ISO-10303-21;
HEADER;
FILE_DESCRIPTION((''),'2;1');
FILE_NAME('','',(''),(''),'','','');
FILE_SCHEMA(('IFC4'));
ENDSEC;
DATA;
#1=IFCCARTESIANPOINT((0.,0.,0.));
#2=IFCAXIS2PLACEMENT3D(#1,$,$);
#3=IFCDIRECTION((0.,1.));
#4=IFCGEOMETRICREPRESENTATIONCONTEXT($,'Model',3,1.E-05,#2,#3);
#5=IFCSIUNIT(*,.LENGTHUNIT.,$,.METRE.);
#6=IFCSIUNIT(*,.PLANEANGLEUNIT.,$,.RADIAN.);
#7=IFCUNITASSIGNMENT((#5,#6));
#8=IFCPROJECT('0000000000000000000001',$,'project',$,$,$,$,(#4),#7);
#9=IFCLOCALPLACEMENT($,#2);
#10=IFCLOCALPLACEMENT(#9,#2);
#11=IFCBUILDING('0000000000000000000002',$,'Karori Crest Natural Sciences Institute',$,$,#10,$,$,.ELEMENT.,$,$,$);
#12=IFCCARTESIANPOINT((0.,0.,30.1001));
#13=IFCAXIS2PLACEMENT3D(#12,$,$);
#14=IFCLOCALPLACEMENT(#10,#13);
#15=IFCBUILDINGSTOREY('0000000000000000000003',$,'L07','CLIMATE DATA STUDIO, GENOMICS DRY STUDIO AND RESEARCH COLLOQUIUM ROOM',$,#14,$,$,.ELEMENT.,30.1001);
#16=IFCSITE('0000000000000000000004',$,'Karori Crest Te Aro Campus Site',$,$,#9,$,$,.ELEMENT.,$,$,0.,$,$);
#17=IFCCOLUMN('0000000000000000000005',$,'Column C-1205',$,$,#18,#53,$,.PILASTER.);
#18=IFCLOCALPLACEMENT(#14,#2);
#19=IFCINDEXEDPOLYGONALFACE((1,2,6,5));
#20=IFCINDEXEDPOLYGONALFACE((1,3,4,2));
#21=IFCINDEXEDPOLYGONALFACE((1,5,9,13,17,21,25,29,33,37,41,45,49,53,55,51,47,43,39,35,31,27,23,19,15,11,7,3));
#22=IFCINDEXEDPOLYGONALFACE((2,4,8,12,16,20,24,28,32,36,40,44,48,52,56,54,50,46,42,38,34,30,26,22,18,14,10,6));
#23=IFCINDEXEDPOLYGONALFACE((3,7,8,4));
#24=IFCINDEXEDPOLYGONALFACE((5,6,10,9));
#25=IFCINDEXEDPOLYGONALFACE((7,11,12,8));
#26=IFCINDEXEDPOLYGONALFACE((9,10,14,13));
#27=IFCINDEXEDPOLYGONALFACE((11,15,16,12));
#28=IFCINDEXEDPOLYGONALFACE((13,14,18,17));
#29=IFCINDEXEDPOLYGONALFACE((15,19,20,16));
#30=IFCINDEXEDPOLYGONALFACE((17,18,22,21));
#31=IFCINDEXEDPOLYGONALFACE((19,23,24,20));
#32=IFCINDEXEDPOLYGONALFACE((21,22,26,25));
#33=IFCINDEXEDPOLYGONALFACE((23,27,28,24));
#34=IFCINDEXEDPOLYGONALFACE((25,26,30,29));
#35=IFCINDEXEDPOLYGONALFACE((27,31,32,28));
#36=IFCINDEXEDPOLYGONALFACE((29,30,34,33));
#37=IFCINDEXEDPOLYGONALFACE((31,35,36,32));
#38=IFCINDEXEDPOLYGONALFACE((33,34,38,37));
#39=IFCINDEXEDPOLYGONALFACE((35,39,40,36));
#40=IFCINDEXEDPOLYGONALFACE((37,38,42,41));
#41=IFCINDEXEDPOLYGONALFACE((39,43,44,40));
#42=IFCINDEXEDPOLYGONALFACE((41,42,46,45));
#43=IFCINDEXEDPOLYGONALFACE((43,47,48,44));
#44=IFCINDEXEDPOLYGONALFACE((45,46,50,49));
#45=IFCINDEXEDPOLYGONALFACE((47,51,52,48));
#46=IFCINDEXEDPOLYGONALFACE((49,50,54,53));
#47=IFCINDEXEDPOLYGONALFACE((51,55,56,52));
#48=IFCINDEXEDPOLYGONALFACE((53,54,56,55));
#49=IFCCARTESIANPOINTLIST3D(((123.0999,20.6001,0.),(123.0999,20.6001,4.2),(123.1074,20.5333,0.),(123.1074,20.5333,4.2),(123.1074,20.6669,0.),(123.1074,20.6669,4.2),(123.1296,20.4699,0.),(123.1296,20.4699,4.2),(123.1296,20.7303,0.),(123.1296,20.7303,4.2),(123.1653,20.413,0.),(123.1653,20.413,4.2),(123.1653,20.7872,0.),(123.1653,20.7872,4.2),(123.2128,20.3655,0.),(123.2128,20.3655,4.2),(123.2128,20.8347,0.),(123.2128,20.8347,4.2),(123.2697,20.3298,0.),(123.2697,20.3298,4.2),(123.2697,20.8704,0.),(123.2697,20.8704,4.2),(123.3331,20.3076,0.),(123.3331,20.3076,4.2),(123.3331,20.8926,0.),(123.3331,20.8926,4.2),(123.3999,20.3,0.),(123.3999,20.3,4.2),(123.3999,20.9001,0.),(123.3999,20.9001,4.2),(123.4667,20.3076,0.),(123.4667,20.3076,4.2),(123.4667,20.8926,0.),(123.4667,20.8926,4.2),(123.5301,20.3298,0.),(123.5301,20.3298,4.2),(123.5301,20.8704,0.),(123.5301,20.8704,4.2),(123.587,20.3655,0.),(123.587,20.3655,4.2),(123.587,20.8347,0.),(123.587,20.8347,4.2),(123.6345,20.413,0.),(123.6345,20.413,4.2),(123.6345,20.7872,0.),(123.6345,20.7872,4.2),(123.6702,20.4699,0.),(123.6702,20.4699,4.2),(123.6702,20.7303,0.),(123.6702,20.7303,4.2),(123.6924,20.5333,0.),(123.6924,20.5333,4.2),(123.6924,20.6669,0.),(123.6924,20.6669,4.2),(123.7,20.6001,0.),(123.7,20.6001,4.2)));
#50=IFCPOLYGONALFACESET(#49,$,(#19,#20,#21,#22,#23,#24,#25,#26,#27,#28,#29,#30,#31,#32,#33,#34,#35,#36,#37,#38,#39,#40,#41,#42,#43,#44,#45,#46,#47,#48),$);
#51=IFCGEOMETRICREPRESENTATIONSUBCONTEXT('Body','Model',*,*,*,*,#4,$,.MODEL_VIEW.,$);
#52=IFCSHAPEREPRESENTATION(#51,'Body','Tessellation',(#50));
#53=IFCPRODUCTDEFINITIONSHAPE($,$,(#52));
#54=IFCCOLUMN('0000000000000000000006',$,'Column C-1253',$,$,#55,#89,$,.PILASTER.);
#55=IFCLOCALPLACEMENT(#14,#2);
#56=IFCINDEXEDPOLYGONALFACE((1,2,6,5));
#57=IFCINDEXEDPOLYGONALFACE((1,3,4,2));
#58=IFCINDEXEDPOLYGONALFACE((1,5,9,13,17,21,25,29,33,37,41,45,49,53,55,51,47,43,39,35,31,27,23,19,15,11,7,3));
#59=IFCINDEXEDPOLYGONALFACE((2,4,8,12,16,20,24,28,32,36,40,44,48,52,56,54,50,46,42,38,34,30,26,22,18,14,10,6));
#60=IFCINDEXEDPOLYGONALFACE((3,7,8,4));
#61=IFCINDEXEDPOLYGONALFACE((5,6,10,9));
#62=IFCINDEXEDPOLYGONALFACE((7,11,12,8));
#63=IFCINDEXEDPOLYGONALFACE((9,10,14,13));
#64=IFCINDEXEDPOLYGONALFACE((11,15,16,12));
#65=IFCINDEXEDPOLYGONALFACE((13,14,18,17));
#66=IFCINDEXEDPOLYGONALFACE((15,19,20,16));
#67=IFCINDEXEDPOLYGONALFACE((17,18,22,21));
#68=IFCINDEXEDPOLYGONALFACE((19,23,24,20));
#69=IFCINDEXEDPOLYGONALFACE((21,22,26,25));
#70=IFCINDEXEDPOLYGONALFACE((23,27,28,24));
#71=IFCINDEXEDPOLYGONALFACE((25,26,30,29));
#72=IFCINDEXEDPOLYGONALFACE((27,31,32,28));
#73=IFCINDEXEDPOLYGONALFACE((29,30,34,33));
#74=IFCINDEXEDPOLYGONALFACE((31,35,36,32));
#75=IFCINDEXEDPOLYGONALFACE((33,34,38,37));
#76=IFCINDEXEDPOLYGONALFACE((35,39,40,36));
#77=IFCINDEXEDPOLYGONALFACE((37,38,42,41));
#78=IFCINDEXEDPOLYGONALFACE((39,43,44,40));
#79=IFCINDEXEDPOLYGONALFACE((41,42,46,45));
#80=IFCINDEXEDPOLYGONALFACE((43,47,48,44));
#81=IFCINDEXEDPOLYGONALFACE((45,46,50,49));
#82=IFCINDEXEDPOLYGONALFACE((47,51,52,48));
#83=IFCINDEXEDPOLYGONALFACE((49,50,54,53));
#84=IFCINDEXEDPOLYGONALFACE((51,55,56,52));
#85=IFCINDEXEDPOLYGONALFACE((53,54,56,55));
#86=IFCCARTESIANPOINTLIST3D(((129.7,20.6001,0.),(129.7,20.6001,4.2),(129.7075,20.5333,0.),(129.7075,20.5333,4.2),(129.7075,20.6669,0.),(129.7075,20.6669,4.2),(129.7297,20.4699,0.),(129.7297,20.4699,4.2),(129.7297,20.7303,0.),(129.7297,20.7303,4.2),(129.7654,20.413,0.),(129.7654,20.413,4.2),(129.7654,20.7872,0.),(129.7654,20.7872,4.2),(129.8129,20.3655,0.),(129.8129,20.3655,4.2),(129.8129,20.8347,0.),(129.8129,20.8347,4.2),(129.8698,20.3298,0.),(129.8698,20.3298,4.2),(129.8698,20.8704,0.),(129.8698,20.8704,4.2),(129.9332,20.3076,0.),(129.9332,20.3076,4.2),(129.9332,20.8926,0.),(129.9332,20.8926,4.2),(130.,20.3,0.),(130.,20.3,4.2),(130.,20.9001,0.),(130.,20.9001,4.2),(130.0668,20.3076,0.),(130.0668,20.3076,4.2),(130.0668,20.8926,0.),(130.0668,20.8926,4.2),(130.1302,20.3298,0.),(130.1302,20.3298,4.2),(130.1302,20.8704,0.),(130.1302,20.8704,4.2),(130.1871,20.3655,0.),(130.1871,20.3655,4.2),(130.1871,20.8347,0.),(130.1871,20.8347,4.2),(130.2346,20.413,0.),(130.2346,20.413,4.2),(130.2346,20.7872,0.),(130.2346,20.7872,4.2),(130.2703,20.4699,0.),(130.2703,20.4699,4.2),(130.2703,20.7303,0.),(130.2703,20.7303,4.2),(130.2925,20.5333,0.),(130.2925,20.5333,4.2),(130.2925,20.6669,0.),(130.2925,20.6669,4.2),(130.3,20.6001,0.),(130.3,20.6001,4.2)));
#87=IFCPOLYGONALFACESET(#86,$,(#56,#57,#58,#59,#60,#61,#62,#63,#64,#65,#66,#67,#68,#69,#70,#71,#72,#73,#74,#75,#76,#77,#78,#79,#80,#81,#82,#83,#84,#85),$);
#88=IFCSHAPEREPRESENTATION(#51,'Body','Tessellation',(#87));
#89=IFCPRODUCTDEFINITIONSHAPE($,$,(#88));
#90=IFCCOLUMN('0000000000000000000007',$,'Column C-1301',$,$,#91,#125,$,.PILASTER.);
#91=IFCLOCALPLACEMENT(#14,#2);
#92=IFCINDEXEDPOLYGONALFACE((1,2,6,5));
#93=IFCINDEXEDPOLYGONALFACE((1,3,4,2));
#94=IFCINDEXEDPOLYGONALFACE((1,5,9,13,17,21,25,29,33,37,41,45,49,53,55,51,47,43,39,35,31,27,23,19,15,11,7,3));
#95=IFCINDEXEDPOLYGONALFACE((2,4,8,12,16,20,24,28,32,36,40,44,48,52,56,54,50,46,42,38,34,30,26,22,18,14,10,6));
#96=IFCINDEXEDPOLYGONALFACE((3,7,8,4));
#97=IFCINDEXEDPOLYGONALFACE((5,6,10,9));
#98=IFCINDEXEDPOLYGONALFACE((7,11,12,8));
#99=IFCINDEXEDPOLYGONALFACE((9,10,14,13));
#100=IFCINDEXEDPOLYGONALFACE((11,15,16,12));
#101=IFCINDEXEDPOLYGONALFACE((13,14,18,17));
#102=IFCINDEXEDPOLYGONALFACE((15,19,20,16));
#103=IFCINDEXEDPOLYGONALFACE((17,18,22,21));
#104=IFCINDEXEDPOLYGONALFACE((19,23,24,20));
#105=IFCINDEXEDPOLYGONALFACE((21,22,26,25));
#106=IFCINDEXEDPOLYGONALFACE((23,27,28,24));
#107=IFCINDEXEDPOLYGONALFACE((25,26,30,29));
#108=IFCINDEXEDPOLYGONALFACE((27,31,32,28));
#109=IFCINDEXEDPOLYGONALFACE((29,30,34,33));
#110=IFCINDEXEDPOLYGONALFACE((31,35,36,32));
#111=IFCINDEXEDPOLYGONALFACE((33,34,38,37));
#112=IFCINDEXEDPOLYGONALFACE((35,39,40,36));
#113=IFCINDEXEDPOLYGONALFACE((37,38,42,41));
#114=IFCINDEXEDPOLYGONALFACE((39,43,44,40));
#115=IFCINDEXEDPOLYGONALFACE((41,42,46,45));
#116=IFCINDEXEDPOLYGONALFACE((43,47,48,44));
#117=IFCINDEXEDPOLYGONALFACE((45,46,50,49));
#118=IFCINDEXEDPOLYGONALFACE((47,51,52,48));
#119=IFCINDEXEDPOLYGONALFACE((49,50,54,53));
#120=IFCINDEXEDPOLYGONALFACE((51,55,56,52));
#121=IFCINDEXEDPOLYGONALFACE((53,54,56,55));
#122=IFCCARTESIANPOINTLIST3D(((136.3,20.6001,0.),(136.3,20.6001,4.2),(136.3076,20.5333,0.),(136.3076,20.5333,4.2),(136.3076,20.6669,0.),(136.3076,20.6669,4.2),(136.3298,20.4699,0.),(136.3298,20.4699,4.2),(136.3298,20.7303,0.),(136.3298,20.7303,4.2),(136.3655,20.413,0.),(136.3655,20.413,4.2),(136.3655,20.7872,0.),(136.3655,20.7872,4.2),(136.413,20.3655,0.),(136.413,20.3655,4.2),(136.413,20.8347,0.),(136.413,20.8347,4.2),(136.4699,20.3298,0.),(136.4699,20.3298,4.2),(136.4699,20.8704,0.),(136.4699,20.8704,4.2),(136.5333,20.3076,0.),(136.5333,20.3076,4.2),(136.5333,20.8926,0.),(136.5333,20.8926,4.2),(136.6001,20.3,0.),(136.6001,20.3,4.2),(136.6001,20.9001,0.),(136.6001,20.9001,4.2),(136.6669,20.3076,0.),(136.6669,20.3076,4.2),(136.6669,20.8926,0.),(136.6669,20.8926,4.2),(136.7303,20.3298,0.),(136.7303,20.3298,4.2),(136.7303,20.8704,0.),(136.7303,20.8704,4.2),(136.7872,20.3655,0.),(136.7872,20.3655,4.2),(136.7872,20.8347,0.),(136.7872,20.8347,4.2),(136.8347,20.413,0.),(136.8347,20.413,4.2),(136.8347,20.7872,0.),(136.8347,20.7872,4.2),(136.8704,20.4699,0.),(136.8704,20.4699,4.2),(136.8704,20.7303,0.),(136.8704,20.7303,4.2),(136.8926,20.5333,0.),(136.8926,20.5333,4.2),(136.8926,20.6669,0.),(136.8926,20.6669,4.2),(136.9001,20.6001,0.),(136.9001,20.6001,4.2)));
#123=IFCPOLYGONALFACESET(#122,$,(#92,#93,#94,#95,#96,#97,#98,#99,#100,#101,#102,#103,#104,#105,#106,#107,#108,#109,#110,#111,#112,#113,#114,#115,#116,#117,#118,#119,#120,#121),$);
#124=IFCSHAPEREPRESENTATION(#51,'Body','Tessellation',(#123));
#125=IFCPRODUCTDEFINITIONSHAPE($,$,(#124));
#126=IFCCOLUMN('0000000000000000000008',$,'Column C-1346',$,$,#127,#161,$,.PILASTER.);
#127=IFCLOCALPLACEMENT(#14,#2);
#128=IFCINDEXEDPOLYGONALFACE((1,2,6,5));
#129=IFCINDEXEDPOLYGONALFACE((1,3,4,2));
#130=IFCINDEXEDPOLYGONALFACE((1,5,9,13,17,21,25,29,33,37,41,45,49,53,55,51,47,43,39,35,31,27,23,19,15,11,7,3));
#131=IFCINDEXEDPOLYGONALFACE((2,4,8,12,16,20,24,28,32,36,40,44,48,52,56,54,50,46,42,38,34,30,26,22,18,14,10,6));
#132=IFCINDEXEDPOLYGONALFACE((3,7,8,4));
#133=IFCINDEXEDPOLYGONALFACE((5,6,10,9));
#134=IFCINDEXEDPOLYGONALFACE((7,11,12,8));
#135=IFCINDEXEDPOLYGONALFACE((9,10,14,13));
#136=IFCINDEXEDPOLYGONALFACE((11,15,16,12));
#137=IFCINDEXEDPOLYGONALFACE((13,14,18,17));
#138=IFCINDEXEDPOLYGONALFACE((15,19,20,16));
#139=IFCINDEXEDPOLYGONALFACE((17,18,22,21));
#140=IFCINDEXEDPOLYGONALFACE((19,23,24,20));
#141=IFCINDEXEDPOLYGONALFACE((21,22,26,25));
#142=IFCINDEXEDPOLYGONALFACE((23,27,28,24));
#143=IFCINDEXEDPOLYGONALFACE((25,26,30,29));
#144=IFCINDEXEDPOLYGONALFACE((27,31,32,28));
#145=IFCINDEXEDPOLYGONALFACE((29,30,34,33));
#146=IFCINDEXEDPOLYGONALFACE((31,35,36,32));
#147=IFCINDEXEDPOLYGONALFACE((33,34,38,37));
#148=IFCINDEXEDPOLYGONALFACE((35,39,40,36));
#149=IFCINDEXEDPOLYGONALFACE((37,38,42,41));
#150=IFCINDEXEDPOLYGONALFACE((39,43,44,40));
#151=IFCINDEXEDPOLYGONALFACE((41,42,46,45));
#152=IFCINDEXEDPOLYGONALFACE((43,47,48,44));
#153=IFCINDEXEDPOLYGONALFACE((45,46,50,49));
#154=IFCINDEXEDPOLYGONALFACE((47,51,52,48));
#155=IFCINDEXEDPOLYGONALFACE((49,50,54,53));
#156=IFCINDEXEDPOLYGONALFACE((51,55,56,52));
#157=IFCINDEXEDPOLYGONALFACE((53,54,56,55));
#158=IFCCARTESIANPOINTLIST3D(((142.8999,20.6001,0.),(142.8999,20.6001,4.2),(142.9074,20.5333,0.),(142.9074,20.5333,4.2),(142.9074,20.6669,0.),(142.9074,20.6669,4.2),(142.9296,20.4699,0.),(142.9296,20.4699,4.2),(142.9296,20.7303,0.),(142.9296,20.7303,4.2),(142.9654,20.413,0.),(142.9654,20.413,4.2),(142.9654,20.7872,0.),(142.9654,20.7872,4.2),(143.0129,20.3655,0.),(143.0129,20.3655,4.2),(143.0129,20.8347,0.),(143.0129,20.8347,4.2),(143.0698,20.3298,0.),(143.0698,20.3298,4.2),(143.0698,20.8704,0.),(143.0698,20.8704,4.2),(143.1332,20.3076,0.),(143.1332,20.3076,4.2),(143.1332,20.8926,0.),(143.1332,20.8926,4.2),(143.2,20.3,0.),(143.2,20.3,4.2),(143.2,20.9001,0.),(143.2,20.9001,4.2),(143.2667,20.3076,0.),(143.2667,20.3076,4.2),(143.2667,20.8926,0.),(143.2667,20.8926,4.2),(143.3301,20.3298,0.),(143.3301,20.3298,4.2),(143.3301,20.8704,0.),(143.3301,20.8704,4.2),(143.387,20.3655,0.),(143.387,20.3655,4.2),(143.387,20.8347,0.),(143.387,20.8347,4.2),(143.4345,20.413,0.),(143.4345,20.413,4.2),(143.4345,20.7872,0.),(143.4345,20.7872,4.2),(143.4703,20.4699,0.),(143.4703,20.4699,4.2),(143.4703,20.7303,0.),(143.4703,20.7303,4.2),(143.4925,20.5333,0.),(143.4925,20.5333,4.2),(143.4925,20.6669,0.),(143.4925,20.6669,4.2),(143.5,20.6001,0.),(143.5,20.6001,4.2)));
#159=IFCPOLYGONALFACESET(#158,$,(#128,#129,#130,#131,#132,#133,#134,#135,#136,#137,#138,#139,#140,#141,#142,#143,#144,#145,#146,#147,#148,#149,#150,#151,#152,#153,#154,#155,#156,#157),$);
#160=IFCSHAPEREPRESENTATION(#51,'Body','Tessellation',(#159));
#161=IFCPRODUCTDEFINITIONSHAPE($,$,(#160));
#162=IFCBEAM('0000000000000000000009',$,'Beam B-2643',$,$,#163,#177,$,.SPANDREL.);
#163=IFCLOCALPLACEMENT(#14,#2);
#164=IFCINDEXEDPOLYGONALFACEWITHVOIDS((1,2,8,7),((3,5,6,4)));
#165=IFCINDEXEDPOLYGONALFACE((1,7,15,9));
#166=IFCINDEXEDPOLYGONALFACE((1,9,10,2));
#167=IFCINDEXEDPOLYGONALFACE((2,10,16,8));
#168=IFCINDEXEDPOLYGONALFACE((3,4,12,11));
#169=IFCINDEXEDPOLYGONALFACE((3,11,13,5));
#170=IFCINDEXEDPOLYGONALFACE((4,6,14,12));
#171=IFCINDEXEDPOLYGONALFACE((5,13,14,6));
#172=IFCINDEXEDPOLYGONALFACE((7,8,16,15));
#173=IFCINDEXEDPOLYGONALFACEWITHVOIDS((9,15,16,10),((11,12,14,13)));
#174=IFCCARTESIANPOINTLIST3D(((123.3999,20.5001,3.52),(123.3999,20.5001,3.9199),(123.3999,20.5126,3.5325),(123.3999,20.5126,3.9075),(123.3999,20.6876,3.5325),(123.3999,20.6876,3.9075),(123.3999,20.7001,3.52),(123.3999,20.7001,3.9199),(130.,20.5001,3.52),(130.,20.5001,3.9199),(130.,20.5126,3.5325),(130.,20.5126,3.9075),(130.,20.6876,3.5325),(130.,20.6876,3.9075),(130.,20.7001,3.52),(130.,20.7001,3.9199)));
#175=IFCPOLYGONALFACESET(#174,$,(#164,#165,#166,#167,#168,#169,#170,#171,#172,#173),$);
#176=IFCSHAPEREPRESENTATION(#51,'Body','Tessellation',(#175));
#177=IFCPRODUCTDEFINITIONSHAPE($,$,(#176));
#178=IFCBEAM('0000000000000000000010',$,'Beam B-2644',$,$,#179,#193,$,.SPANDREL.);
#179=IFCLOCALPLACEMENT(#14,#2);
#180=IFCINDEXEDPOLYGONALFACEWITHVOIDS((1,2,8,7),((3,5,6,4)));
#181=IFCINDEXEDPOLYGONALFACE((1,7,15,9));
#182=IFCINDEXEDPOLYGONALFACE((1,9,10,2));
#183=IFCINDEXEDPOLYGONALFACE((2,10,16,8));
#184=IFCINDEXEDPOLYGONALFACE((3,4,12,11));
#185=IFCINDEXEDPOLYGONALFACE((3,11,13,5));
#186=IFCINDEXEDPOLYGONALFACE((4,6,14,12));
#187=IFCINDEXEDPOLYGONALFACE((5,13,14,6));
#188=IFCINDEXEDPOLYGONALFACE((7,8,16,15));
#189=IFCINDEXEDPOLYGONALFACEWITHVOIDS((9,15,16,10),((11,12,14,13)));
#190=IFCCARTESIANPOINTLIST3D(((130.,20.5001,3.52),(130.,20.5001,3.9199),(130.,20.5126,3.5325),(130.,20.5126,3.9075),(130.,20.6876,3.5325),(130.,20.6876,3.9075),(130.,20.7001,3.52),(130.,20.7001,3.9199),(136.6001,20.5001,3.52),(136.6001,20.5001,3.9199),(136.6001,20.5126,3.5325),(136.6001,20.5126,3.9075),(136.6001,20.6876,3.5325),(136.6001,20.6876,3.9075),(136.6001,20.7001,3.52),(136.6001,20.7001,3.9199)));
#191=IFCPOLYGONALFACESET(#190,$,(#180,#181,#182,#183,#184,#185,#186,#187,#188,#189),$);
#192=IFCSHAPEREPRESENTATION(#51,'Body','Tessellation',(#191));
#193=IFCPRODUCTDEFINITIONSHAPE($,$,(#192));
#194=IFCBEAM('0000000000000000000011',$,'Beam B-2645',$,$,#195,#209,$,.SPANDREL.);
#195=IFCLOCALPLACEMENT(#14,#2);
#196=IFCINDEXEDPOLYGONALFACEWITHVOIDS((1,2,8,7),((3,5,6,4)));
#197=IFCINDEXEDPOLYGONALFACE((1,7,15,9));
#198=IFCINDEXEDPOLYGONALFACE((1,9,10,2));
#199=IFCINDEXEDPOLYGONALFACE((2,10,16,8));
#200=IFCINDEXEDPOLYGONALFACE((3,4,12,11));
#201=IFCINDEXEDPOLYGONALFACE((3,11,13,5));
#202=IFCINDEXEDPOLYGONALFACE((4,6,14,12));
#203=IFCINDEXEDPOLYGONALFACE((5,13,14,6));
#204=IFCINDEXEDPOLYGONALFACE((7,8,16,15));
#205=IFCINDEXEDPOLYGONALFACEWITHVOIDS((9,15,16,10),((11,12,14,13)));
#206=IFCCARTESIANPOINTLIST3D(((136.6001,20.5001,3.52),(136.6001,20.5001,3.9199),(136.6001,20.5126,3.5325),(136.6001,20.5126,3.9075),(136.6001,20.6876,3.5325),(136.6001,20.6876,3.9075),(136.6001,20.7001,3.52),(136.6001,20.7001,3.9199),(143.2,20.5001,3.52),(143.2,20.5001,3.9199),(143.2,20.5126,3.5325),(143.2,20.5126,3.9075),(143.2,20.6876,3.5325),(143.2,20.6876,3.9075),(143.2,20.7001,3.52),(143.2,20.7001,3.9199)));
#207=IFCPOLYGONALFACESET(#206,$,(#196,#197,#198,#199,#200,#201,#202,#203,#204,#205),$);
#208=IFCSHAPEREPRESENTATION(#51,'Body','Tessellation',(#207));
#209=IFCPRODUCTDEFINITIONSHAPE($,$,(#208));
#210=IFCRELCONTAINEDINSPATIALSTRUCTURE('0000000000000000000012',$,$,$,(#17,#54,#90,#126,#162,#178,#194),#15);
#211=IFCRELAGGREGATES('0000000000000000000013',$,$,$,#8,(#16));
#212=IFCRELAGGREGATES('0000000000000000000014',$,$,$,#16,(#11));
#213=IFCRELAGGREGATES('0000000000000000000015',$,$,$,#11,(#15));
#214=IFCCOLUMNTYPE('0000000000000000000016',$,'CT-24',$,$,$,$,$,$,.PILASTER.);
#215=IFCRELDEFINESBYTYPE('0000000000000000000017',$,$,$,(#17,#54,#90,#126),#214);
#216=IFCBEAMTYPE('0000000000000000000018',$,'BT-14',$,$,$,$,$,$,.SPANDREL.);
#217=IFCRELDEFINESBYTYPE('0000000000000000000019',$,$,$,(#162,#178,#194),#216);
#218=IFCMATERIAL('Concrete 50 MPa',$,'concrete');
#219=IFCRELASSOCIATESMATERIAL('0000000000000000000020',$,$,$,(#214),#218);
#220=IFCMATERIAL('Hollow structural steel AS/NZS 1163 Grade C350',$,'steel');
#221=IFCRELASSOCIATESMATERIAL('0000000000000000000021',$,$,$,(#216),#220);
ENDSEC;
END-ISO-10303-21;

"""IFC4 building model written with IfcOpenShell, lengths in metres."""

from ifc_helpers import new_model, si_unit, direction, frame, origin, origin_2d, place, context, subcontext, project, spatial, hollow_rectangle, circle, extrude, material, material_profile, profile_set, type_object, element, save


model = new_model("IFC4")

# Units and contexts
model_context = context("Model", 3, precision=1e-05, world=origin(), true_north=direction((0.0, 1.0)))
body_context = subcontext(model_context, "Body", "Model", "MODEL_VIEW")
ifc_project = project(units=[si_unit("LENGTHUNIT", "METRE"), si_unit("PLANEANGLEUNIT", "RADIAN")], contexts=[model_context])

# Site, building, storey
site_placement = place(None, origin())
site = spatial("IfcSite", under=ifc_project, at=site_placement, Name="Karori Crest Te Aro Campus Site", CompositionType="ELEMENT", RefElevation=0.0)
building_placement = place(site_placement, origin())
building = spatial("IfcBuilding", under=site, at=building_placement, Name="Karori Crest Natural Sciences Institute", CompositionType="ELEMENT")
storey_placement = place(building_placement, frame((0.0, 0.0, 30.1001)))
storey = spatial("IfcBuildingStorey", under=building, at=storey_placement, Name="L07", Description="CLIMATE DATA STUDIO, GENOMICS DRY STUDIO AND RESEARCH COLLOQUIUM ROOM", CompositionType="ELEMENT", Elevation=30.1001)

# Columns
ifc_material_1 = material(Name="Concrete 50 MPa", Category="concrete")
ifc_material_profile_1 = material_profile(ifc_material_1, circle(Radius=0.3, at=origin_2d()), Name="RCC600")
ifc_profile_set_1 = profile_set([ifc_material_profile_1], Name="Concrete 50 MPa")
column_type = type_object("IfcColumnType", Name="CT-24", PredefinedType="PILASTER", material=ifc_profile_set_1)
for number, where, z_axis, x_axis, name in (
    (1, (123.3999, 20.6001, 0.0), (0.0, 0.0, 1.0), (1.0, 0.0, 0.0), "Column C-1205"),
    (2, (130.0, 20.6001, 0.0), (0.0, 0.0, 1.0), (1.0, 0.0, 0.0), "Column C-1253"),
    (3, (136.6001, 20.6001, 0.0), (0.0, 0.0, 1.0), (1.0, 0.0, 0.0), "Column C-1301"),
    (4, (143.2, 20.6001, 0.0), (0.0, 0.0, 1.0), (1.0, 0.0, 0.0), "Column C-1346"),
):
    element("IfcColumn", number, at=place(storey_placement, frame(where, z_axis=z_axis, x_axis=x_axis)), inside=storey, type_object=column_type, Name=name, PredefinedType="PILASTER", context=body_context, shape_type="SweptSolid", body=[
        extrude(circle(Radius=0.3, at=origin_2d()), origin(), (0.0, 0.0, 1.0), 4.2),
    ])

# Beams
ifc_material_2 = material(Name="Hollow structural steel AS/NZS 1163 Grade C350", Category="steel")
ifc_material_profile_2 = material_profile(ifc_material_2, hollow_rectangle(XDim=0.2, YDim=0.3999, WallThickness=0.0125, at=origin_2d()), Name="RHS400x200x12.5")
ifc_profile_set_2 = profile_set([ifc_material_profile_2], Name="Hollow structural steel AS/NZS 1163 Grade C350")
beam_type = type_object("IfcBeamType", Name="BT-14", PredefinedType="SPANDREL", material=ifc_profile_set_2)
for number, where, z_axis, x_axis, name in (
    (5, (123.3999, 20.6001, 3.72), (1.0, 0.0, 0.0), (0.0, 1.0, 0.0), "Beam B-2643"),
    (6, (130.0, 20.6001, 3.72), (1.0, 0.0, 0.0), (0.0, 1.0, 0.0), "Beam B-2644"),
):
    element("IfcBeam", number, at=place(storey_placement, frame(where, z_axis=z_axis, x_axis=x_axis)), inside=storey, type_object=beam_type, Name=name, PredefinedType="SPANDREL", context=body_context, shape_type="SweptSolid", body=[
        extrude(hollow_rectangle(XDim=0.2, YDim=0.3999, WallThickness=0.0125, at=origin_2d()), origin(), (0.0, 0.0, 1.0), 6.6001),
    ])
beam_1_placement = place(storey_placement, frame((136.6001, 20.6001, 3.72), z_axis=(1.0, 0.0, 0.0), x_axis=(0.0, 1.0, 0.0)))
element("IfcBeam", 7, at=beam_1_placement, inside=storey, type_object=beam_type, Name="Beam B-2645", PredefinedType="SPANDREL", context=body_context, shape_type="SweptSolid", body=[
    extrude(hollow_rectangle(XDim=0.2, YDim=0.3999, WallThickness=0.0125, at=origin_2d()), origin(), (0.0, 0.0, 1.0), 6.5999),
])

save(model, "model.ifc")
